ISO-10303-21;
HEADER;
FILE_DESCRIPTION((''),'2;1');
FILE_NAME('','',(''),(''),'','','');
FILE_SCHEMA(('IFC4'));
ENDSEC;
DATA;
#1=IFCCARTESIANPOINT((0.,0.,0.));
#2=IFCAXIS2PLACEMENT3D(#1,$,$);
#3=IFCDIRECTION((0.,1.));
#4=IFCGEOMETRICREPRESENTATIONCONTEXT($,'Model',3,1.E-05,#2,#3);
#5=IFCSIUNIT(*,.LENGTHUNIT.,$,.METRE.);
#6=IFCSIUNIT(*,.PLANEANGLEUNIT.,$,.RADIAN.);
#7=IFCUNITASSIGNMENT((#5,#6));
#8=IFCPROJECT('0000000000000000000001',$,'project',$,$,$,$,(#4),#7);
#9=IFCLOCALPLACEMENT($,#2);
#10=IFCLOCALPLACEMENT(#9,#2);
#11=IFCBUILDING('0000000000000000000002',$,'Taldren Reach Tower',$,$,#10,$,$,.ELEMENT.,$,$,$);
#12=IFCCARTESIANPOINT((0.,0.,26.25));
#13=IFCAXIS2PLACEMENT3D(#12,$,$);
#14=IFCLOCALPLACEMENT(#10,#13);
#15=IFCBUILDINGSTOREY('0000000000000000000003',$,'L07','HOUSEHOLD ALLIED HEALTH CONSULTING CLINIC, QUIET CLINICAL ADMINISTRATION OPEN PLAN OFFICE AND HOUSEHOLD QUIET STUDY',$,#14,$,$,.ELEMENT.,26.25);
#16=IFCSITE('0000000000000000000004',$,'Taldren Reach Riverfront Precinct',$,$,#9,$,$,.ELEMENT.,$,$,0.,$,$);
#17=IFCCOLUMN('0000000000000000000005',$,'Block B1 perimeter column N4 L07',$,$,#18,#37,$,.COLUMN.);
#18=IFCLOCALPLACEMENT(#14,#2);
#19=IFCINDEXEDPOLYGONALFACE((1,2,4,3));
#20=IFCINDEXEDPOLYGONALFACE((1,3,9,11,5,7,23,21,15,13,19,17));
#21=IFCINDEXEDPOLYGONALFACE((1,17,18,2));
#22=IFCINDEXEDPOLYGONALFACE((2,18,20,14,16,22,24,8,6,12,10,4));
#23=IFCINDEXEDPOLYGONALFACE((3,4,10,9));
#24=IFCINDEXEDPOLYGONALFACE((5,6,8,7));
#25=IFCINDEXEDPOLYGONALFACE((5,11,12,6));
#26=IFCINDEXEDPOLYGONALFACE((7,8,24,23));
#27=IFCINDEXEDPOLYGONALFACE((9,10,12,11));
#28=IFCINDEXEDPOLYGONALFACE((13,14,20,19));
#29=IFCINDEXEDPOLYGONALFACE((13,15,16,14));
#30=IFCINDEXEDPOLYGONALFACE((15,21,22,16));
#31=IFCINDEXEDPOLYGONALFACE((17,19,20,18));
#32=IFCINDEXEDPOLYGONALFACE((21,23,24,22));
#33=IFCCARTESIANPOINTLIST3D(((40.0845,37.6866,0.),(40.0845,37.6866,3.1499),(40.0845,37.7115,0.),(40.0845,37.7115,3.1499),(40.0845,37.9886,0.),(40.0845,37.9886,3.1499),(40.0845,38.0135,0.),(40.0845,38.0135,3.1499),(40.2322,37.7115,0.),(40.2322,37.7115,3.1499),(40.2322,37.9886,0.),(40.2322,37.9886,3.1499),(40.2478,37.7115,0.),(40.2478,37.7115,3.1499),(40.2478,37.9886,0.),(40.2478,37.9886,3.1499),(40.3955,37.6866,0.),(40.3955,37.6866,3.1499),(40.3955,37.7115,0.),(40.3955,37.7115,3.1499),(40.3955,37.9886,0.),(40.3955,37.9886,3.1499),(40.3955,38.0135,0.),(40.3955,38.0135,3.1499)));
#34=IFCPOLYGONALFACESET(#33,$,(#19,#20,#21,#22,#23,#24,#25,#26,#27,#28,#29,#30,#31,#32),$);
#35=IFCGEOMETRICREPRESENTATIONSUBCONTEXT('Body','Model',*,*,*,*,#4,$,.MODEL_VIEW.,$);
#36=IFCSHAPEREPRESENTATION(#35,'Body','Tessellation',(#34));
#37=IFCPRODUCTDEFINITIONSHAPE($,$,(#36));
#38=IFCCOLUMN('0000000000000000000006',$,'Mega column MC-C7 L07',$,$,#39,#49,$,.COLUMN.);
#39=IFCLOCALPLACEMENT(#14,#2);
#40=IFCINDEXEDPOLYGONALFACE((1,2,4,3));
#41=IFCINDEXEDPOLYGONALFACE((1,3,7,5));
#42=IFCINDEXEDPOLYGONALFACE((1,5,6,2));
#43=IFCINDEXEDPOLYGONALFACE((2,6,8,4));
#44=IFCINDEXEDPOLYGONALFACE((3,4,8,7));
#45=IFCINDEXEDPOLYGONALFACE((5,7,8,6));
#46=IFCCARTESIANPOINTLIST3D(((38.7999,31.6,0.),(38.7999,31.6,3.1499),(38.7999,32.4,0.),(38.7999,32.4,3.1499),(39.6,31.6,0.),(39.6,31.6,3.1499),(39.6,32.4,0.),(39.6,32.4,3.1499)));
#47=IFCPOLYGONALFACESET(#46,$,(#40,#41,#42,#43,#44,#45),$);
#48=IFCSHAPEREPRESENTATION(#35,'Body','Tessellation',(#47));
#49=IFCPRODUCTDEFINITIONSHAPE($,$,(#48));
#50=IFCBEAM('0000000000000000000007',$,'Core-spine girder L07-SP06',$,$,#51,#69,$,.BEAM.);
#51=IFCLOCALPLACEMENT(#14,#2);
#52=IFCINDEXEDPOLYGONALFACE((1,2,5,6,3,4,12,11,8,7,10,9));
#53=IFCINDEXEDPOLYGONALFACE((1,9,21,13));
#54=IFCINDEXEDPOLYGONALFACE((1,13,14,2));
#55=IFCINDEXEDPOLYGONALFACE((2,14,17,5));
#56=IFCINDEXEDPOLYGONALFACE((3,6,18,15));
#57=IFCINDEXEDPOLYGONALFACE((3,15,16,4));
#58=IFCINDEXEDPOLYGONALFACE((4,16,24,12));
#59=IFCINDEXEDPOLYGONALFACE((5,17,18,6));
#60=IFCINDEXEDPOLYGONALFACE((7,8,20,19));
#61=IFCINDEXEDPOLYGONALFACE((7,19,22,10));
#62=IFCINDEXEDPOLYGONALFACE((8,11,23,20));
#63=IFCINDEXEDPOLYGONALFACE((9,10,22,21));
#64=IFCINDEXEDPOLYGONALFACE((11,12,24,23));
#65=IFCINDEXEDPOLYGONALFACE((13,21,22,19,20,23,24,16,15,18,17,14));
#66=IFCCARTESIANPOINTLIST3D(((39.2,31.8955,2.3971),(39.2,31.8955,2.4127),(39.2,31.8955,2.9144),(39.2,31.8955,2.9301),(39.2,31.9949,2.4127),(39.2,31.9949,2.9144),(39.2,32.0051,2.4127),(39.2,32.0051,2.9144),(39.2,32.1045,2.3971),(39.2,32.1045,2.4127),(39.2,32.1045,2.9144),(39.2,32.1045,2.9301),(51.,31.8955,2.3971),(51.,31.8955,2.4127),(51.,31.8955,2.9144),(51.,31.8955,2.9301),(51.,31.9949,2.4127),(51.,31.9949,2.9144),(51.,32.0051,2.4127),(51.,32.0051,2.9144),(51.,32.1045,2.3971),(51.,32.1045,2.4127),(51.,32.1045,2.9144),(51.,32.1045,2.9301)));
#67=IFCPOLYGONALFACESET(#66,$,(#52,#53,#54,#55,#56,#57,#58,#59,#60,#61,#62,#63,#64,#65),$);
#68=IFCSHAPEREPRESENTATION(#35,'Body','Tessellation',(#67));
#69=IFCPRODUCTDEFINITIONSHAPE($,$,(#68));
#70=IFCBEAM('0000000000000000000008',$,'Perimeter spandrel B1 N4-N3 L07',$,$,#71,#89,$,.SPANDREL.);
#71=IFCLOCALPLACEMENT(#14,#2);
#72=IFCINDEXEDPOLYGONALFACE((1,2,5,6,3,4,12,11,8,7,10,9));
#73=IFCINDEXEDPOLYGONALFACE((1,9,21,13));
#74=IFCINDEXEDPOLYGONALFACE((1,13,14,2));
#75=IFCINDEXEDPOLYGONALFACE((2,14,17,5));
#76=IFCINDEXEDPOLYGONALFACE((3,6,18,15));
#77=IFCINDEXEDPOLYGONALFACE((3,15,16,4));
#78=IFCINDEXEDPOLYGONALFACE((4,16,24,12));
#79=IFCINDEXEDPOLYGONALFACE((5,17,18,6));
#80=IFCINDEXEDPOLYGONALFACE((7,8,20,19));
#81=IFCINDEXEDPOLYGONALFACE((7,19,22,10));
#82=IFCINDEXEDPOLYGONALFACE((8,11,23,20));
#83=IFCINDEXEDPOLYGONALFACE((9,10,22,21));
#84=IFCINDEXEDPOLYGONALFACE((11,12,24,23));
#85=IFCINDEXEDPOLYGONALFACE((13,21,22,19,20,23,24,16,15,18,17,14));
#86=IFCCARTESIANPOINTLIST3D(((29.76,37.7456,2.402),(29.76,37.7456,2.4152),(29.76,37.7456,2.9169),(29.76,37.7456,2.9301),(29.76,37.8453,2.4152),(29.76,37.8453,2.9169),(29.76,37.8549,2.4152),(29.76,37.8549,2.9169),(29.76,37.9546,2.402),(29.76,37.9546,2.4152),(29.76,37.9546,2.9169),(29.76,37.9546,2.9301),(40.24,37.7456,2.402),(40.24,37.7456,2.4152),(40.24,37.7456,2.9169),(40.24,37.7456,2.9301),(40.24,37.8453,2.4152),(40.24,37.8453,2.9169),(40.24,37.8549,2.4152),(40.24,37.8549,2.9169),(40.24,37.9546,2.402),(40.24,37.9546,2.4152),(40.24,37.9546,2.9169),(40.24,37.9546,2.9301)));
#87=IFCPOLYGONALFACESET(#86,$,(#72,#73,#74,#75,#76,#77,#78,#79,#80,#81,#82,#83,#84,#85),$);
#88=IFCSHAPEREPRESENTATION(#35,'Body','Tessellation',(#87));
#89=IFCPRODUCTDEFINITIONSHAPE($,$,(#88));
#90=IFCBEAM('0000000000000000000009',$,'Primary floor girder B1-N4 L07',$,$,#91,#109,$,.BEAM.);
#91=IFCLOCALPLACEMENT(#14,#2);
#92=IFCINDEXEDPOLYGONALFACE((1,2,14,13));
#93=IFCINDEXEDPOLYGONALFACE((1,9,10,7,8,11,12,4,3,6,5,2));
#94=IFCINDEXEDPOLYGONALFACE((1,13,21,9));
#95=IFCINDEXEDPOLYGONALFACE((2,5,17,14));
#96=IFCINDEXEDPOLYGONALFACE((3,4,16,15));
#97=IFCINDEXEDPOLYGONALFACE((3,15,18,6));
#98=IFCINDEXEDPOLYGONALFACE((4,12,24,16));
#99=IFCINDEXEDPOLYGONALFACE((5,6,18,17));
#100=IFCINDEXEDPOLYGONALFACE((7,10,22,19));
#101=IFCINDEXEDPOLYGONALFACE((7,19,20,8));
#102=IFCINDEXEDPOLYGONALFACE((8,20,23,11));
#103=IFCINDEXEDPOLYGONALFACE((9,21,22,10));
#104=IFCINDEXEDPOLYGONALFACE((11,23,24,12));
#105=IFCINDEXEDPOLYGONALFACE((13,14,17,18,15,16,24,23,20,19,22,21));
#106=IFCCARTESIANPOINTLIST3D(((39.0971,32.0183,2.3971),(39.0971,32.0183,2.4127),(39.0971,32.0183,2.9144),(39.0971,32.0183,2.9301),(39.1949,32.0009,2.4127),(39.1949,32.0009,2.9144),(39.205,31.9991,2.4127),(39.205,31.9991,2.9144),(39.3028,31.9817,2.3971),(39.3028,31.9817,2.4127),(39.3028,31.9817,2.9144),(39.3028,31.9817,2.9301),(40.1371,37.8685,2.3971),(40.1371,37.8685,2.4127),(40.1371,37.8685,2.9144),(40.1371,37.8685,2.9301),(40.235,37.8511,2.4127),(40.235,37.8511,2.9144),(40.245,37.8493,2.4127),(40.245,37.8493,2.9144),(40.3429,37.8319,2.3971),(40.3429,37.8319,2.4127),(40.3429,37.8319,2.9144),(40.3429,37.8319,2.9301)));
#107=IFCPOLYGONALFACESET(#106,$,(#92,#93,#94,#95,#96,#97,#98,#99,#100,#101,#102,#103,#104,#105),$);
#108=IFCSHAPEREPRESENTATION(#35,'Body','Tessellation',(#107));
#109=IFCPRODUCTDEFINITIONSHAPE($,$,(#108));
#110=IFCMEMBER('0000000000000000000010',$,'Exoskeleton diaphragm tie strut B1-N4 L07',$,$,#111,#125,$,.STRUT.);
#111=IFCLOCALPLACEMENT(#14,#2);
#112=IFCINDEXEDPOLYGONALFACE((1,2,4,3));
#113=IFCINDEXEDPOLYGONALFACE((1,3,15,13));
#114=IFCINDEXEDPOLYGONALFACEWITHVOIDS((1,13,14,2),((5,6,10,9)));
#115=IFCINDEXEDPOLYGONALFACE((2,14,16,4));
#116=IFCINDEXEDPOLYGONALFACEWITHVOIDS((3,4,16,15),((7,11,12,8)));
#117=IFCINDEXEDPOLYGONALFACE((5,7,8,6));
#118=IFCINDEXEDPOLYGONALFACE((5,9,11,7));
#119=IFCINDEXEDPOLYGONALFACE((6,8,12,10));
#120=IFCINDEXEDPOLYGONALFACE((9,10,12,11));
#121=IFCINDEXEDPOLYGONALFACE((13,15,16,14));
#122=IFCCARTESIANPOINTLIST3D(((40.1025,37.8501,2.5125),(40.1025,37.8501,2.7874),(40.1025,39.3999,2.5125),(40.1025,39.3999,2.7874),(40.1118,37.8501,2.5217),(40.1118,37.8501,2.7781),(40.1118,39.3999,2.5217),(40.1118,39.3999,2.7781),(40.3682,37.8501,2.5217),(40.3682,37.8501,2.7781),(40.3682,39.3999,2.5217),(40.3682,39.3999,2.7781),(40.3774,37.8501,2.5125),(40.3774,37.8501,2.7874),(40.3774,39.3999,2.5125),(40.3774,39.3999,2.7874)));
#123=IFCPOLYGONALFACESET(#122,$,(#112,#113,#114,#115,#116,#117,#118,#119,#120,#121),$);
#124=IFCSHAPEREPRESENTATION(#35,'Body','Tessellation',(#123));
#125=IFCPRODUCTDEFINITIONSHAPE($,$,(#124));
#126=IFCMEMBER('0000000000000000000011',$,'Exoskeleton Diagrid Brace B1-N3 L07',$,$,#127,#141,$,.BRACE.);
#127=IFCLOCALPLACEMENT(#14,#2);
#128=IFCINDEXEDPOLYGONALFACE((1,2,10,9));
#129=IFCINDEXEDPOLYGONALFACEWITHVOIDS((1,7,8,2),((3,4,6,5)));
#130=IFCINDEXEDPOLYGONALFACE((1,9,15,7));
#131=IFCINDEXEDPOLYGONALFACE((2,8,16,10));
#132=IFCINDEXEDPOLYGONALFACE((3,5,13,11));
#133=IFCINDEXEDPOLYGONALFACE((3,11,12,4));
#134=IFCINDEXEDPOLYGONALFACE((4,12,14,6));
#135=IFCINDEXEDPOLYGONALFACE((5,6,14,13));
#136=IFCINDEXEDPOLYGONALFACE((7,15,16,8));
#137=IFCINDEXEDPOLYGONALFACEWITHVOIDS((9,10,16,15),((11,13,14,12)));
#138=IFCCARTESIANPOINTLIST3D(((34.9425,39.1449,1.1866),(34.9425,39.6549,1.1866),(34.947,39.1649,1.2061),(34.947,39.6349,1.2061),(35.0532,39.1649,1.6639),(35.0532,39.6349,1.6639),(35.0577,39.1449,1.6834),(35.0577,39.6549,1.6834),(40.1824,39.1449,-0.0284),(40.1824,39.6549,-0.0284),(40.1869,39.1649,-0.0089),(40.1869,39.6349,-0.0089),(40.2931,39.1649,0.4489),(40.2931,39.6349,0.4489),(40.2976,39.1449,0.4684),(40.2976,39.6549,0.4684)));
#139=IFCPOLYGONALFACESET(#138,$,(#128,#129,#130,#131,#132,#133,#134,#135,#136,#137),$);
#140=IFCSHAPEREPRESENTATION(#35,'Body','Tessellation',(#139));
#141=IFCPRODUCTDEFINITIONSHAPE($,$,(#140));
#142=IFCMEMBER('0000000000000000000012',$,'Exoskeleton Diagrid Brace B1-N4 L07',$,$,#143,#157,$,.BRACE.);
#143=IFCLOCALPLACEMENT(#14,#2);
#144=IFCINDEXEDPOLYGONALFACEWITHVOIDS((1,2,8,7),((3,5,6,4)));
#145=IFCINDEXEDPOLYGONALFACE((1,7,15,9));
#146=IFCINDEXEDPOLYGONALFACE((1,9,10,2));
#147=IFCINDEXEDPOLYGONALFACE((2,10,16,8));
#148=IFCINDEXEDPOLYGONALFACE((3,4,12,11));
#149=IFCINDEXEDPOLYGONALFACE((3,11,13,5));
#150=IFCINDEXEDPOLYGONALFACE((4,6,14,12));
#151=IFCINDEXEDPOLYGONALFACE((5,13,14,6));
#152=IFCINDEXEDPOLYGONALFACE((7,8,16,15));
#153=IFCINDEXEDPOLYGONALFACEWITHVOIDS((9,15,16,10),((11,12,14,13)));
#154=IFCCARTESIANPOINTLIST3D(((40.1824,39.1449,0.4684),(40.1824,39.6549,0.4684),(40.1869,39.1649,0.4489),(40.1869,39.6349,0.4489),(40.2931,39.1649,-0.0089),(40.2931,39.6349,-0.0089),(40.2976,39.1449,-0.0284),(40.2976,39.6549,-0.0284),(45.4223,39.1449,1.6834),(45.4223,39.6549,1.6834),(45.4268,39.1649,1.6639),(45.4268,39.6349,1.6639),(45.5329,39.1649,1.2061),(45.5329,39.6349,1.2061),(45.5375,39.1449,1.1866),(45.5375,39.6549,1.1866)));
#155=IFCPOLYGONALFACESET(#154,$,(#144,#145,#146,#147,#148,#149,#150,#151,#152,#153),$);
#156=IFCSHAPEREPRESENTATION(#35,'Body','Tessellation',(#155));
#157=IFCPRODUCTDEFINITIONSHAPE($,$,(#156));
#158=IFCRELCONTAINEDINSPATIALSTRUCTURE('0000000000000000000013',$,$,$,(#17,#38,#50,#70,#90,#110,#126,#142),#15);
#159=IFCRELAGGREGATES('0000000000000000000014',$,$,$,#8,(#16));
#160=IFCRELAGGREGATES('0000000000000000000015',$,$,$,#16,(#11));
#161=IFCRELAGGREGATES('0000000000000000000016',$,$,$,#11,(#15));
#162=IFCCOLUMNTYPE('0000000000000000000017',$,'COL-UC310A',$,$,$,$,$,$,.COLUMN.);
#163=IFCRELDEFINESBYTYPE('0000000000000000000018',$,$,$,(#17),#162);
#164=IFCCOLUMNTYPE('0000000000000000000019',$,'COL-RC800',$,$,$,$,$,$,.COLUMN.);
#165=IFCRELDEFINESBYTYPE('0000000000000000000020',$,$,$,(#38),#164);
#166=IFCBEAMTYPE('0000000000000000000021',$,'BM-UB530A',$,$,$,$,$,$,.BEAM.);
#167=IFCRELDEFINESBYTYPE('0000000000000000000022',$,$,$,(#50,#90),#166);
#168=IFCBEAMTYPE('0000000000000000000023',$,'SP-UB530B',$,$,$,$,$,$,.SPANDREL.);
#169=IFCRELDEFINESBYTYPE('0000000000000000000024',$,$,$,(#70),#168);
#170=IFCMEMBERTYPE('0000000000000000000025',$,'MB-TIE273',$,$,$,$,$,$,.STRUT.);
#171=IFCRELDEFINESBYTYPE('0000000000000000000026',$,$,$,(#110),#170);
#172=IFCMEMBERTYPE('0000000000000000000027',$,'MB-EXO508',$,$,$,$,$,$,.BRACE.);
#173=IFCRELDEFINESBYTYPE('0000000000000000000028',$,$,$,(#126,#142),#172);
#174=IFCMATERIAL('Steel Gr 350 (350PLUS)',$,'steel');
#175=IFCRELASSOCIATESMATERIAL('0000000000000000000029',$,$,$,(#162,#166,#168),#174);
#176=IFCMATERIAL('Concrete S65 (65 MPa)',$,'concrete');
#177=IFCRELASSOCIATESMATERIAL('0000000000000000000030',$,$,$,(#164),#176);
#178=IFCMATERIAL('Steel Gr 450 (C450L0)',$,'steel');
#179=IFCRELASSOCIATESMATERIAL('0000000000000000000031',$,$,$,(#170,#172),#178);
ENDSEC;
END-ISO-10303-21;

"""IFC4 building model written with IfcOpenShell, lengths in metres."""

from ifc_helpers import new_model, si_unit, direction, frame, origin, origin_2d, place, context, subcontext, project, spatial, rectangle, hollow_rectangle, i_section, extrude, source, transform, mapped, material, material_profile, profile_set, type_object, element, save


model = new_model("IFC4")

# Units and contexts
model_context = context("Model", 3, precision=1e-05, world=origin(), true_north=direction((0.0, 1.0)))
body_context = subcontext(model_context, "Body", "Model", "MODEL_VIEW")
ifc_project = project(units=[si_unit("LENGTHUNIT", "METRE"), si_unit("PLANEANGLEUNIT", "RADIAN")], contexts=[model_context])

# Site, building, storey
site_placement = place(None, origin())
site = spatial("IfcSite", under=ifc_project, at=site_placement, Name="Taldren Reach Riverfront Precinct", CompositionType="ELEMENT", RefElevation=0.0)
building_placement = place(site_placement, origin())
building = spatial("IfcBuilding", under=site, at=building_placement, Name="Taldren Reach Tower", CompositionType="ELEMENT")
storey_placement = place(building_placement, frame((0.0, 0.0, 26.25)))
storey = spatial("IfcBuildingStorey", under=building, at=storey_placement, Name="L07", Description="HOUSEHOLD ALLIED HEALTH CONSULTING CLINIC, QUIET CLINICAL ADMINISTRATION OPEN PLAN OFFICE AND HOUSEHOLD QUIET STUDY", CompositionType="ELEMENT", Elevation=26.25)

# Columns
ifc_material_1 = material(Name="Steel Gr 350 (350PLUS)", Category="steel")
ifc_material_profile_1 = material_profile(ifc_material_1, i_section(OverallWidth=0.311, OverallDepth=0.3269, WebThickness=0.0156, FlangeThickness=0.0249, at=origin_2d()), Name="310UC158")
ifc_profile_set_1 = profile_set([ifc_material_profile_1], Name="Steel Gr 350 (350PLUS)")
column_type_1 = type_object("IfcColumnType", Name="COL-UC310A", PredefinedType="COLUMN", material=ifc_profile_set_1)
shared_shape_1 = source(origin(), body_context, "Body", "SweptSolid", [
    extrude(i_section(OverallWidth=0.311, OverallDepth=0.3269, WebThickness=0.0156, FlangeThickness=0.0249, at=origin_2d()), origin(), (0.0, 0.0, 1.0), 3.1499),
])
column_1_placement = place(storey_placement, frame((40.24, 37.8501, 0.0), z_axis=(0.0, 0.0, 1.0), x_axis=(1.0, 0.0, 0.0)))
element("IfcColumn", 1, at=column_1_placement, inside=storey, type_object=column_type_1, Name="Block B1 perimeter column N4 L07", PredefinedType="COLUMN", context=body_context, shape_type="MappedRepresentation", body=[
    mapped(shared_shape_1, transform((0.0, 0.0, 0.0), scale=1.0)),
])
ifc_material_2 = material(Name="Concrete S65 (65 MPa)", Category="concrete")
ifc_material_profile_2 = material_profile(ifc_material_2, rectangle(XDim=0.8, YDim=0.8, at=origin_2d()), Name="RC-800x800")
ifc_profile_set_2 = profile_set([ifc_material_profile_2], Name="Concrete S65 (65 MPa)")
column_type_2 = type_object("IfcColumnType", Name="COL-RC800", PredefinedType="COLUMN", material=ifc_profile_set_2)
shared_shape_2 = source(origin(), body_context, "Body", "SweptSolid", [
    extrude(rectangle(XDim=0.8, YDim=0.8, at=origin_2d()), origin(), (0.0, 0.0, 1.0), 3.1499),
])
column_2_placement = place(storey_placement, frame((39.2, 32.0, 0.0), z_axis=(0.0, 0.0, 1.0), x_axis=(1.0, 0.0, 0.0)))
element("IfcColumn", 2, at=column_2_placement, inside=storey, type_object=column_type_2, Name="Mega column MC-C7 L07", PredefinedType="COLUMN", context=body_context, shape_type="MappedRepresentation", body=[
    mapped(shared_shape_2, transform((0.0, 0.0, 0.0), scale=1.0)),
])

# Beams
ifc_material_profile_3 = material_profile(ifc_material_1, i_section(OverallWidth=0.209, OverallDepth=0.533, WebThickness=0.0103, FlangeThickness=0.0156, at=origin_2d()), Name="530UB92.4")
ifc_profile_set_3 = profile_set([ifc_material_profile_3], Name="Steel Gr 350 (350PLUS)")
beam_type_1 = type_object("IfcBeamType", Name="BM-UB530A", PredefinedType="BEAM", material=ifc_profile_set_3)
shared_shape_3 = source(origin(), body_context, "Body", "SweptSolid", [
    extrude(i_section(OverallWidth=0.209, OverallDepth=0.533, WebThickness=0.0103, FlangeThickness=0.0156, at=origin_2d()), origin(), (0.0, 0.0, 1.0), 11.8),
])
beam_1_placement = place(storey_placement, frame((39.2, 32.0, 2.6636), z_axis=(1.0, 0.0, 0.0), x_axis=(0.0, 1.0, 0.0)))
element("IfcBeam", 3, at=beam_1_placement, inside=storey, type_object=beam_type_1, Name="Core-spine girder L07-SP06", PredefinedType="BEAM", context=body_context, shape_type="MappedRepresentation", body=[
    mapped(shared_shape_3, transform((0.0, 0.0, 0.0), scale=1.0)),
])
ifc_material_profile_4 = material_profile(ifc_material_1, i_section(OverallWidth=0.209, OverallDepth=0.5281, WebThickness=0.0095, FlangeThickness=0.0132, at=origin_2d()), Name="530UB82.0")
ifc_profile_set_4 = profile_set([ifc_material_profile_4], Name="Steel Gr 350 (350PLUS)")
beam_type_2 = type_object("IfcBeamType", Name="SP-UB530B", PredefinedType="SPANDREL", material=ifc_profile_set_4)
shared_shape_4 = source(origin(), body_context, "Body", "SweptSolid", [
    extrude(i_section(OverallWidth=0.209, OverallDepth=0.5281, WebThickness=0.0095, FlangeThickness=0.0132, at=origin_2d()), origin(), (0.0, 0.0, 1.0), 10.48),
])
beam_2_placement = place(storey_placement, frame((40.24, 37.8501, 2.666), z_axis=(-1.0, 0.0, 0.0), x_axis=(0.0, -1.0, 0.0)))
element("IfcBeam", 4, at=beam_2_placement, inside=storey, type_object=beam_type_2, Name="Perimeter spandrel B1 N4-N3 L07", PredefinedType="SPANDREL", context=body_context, shape_type="MappedRepresentation", body=[
    mapped(shared_shape_4, transform((0.0, 0.0, 0.0), scale=1.0)),
])
shared_shape_5 = source(origin(), body_context, "Body", "SweptSolid", [
    extrude(i_section(OverallWidth=0.209, OverallDepth=0.533, WebThickness=0.0103, FlangeThickness=0.0156, at=origin_2d()), origin(), (0.0, 0.0, 1.0), 5.9419),
])
beam_3_placement = place(storey_placement, frame((39.2, 32.0, 2.6636), z_axis=(0.175037, 0.984562, 0.0), x_axis=(-0.984562, 0.175037, 0.0)))
element("IfcBeam", 5, at=beam_3_placement, inside=storey, type_object=beam_type_1, Name="Primary floor girder B1-N4 L07", PredefinedType="BEAM", context=body_context, shape_type="MappedRepresentation", body=[
    mapped(shared_shape_5, transform((0.0, 0.0, 0.0), scale=1.0)),
])

# Members
ifc_material_3 = material(Name="Steel Gr 450 (C450L0)", Category="steel")
ifc_material_profile_5 = material_profile(ifc_material_3, hollow_rectangle(XDim=0.2749, YDim=0.2749, WallThickness=0.0093, at=origin_2d()), Name="275x275x9.3SHS")
ifc_profile_set_5 = profile_set([ifc_material_profile_5], Name="Steel Gr 450 (C450L0)")
member_type_1 = type_object("IfcMemberType", Name="MB-TIE273", PredefinedType="STRUT", material=ifc_profile_set_5)
shared_shape_6 = source(origin(), body_context, "Body", "SweptSolid", [
    extrude(hollow_rectangle(XDim=0.2749, YDim=0.2749, WallThickness=0.0093, at=origin_2d()), origin(), (0.0, 0.0, 1.0), 1.5498),
])
member_1_placement = place(storey_placement, frame((40.24, 37.8501, 2.6499), z_axis=(0.0, 1.0, 0.0), x_axis=(-1.0, 0.0, 0.0)))
element("IfcMember", 6, at=member_1_placement, inside=storey, type_object=member_type_1, Name="Exoskeleton diaphragm tie strut B1-N4 L07", PredefinedType="STRUT", context=body_context, shape_type="MappedRepresentation", body=[
    mapped(shared_shape_6, transform((0.0, 0.0, 0.0), scale=1.0)),
])
ifc_material_profile_6 = material_profile(ifc_material_3, hollow_rectangle(XDim=0.51, YDim=0.51, WallThickness=0.02, at=origin_2d()), Name="510x510x20.0SHS")
ifc_profile_set_6 = profile_set([ifc_material_profile_6], Name="Steel Gr 450 (C450L0)")
member_type_2 = type_object("IfcMemberType", Name="MB-EXO508", PredefinedType="BRACE", material=ifc_profile_set_6)
shared_shape_7 = source(origin(), body_context, "Body", "SweptSolid", [
    extrude(hollow_rectangle(XDim=0.51, YDim=0.51, WallThickness=0.02, at=origin_2d()), origin(), (0.0, 0.0, 1.0), 5.3789),
])
for number, where, z_axis, x_axis, name in (
    (7, (40.24, 39.3999, 0.22), (-0.974152, 0.0, 0.225894), (0.0, -1.0, 0.0), "Exoskeleton Diagrid Brace B1-N3 L07"),
    (8, (40.24, 39.3999, 0.22), (0.974152, 0.0, 0.225894), (0.0, 1.0, 0.0), "Exoskeleton Diagrid Brace B1-N4 L07"),
):
    element("IfcMember", number, at=place(storey_placement, frame(where, z_axis=z_axis, x_axis=x_axis)), inside=storey, type_object=member_type_2, Name=name, PredefinedType="BRACE", context=body_context, shape_type="MappedRepresentation", body=[
        mapped(shared_shape_7, transform((0.0, 0.0, 0.0), scale=1.0)),
    ])

save(model, "model.ifc")
